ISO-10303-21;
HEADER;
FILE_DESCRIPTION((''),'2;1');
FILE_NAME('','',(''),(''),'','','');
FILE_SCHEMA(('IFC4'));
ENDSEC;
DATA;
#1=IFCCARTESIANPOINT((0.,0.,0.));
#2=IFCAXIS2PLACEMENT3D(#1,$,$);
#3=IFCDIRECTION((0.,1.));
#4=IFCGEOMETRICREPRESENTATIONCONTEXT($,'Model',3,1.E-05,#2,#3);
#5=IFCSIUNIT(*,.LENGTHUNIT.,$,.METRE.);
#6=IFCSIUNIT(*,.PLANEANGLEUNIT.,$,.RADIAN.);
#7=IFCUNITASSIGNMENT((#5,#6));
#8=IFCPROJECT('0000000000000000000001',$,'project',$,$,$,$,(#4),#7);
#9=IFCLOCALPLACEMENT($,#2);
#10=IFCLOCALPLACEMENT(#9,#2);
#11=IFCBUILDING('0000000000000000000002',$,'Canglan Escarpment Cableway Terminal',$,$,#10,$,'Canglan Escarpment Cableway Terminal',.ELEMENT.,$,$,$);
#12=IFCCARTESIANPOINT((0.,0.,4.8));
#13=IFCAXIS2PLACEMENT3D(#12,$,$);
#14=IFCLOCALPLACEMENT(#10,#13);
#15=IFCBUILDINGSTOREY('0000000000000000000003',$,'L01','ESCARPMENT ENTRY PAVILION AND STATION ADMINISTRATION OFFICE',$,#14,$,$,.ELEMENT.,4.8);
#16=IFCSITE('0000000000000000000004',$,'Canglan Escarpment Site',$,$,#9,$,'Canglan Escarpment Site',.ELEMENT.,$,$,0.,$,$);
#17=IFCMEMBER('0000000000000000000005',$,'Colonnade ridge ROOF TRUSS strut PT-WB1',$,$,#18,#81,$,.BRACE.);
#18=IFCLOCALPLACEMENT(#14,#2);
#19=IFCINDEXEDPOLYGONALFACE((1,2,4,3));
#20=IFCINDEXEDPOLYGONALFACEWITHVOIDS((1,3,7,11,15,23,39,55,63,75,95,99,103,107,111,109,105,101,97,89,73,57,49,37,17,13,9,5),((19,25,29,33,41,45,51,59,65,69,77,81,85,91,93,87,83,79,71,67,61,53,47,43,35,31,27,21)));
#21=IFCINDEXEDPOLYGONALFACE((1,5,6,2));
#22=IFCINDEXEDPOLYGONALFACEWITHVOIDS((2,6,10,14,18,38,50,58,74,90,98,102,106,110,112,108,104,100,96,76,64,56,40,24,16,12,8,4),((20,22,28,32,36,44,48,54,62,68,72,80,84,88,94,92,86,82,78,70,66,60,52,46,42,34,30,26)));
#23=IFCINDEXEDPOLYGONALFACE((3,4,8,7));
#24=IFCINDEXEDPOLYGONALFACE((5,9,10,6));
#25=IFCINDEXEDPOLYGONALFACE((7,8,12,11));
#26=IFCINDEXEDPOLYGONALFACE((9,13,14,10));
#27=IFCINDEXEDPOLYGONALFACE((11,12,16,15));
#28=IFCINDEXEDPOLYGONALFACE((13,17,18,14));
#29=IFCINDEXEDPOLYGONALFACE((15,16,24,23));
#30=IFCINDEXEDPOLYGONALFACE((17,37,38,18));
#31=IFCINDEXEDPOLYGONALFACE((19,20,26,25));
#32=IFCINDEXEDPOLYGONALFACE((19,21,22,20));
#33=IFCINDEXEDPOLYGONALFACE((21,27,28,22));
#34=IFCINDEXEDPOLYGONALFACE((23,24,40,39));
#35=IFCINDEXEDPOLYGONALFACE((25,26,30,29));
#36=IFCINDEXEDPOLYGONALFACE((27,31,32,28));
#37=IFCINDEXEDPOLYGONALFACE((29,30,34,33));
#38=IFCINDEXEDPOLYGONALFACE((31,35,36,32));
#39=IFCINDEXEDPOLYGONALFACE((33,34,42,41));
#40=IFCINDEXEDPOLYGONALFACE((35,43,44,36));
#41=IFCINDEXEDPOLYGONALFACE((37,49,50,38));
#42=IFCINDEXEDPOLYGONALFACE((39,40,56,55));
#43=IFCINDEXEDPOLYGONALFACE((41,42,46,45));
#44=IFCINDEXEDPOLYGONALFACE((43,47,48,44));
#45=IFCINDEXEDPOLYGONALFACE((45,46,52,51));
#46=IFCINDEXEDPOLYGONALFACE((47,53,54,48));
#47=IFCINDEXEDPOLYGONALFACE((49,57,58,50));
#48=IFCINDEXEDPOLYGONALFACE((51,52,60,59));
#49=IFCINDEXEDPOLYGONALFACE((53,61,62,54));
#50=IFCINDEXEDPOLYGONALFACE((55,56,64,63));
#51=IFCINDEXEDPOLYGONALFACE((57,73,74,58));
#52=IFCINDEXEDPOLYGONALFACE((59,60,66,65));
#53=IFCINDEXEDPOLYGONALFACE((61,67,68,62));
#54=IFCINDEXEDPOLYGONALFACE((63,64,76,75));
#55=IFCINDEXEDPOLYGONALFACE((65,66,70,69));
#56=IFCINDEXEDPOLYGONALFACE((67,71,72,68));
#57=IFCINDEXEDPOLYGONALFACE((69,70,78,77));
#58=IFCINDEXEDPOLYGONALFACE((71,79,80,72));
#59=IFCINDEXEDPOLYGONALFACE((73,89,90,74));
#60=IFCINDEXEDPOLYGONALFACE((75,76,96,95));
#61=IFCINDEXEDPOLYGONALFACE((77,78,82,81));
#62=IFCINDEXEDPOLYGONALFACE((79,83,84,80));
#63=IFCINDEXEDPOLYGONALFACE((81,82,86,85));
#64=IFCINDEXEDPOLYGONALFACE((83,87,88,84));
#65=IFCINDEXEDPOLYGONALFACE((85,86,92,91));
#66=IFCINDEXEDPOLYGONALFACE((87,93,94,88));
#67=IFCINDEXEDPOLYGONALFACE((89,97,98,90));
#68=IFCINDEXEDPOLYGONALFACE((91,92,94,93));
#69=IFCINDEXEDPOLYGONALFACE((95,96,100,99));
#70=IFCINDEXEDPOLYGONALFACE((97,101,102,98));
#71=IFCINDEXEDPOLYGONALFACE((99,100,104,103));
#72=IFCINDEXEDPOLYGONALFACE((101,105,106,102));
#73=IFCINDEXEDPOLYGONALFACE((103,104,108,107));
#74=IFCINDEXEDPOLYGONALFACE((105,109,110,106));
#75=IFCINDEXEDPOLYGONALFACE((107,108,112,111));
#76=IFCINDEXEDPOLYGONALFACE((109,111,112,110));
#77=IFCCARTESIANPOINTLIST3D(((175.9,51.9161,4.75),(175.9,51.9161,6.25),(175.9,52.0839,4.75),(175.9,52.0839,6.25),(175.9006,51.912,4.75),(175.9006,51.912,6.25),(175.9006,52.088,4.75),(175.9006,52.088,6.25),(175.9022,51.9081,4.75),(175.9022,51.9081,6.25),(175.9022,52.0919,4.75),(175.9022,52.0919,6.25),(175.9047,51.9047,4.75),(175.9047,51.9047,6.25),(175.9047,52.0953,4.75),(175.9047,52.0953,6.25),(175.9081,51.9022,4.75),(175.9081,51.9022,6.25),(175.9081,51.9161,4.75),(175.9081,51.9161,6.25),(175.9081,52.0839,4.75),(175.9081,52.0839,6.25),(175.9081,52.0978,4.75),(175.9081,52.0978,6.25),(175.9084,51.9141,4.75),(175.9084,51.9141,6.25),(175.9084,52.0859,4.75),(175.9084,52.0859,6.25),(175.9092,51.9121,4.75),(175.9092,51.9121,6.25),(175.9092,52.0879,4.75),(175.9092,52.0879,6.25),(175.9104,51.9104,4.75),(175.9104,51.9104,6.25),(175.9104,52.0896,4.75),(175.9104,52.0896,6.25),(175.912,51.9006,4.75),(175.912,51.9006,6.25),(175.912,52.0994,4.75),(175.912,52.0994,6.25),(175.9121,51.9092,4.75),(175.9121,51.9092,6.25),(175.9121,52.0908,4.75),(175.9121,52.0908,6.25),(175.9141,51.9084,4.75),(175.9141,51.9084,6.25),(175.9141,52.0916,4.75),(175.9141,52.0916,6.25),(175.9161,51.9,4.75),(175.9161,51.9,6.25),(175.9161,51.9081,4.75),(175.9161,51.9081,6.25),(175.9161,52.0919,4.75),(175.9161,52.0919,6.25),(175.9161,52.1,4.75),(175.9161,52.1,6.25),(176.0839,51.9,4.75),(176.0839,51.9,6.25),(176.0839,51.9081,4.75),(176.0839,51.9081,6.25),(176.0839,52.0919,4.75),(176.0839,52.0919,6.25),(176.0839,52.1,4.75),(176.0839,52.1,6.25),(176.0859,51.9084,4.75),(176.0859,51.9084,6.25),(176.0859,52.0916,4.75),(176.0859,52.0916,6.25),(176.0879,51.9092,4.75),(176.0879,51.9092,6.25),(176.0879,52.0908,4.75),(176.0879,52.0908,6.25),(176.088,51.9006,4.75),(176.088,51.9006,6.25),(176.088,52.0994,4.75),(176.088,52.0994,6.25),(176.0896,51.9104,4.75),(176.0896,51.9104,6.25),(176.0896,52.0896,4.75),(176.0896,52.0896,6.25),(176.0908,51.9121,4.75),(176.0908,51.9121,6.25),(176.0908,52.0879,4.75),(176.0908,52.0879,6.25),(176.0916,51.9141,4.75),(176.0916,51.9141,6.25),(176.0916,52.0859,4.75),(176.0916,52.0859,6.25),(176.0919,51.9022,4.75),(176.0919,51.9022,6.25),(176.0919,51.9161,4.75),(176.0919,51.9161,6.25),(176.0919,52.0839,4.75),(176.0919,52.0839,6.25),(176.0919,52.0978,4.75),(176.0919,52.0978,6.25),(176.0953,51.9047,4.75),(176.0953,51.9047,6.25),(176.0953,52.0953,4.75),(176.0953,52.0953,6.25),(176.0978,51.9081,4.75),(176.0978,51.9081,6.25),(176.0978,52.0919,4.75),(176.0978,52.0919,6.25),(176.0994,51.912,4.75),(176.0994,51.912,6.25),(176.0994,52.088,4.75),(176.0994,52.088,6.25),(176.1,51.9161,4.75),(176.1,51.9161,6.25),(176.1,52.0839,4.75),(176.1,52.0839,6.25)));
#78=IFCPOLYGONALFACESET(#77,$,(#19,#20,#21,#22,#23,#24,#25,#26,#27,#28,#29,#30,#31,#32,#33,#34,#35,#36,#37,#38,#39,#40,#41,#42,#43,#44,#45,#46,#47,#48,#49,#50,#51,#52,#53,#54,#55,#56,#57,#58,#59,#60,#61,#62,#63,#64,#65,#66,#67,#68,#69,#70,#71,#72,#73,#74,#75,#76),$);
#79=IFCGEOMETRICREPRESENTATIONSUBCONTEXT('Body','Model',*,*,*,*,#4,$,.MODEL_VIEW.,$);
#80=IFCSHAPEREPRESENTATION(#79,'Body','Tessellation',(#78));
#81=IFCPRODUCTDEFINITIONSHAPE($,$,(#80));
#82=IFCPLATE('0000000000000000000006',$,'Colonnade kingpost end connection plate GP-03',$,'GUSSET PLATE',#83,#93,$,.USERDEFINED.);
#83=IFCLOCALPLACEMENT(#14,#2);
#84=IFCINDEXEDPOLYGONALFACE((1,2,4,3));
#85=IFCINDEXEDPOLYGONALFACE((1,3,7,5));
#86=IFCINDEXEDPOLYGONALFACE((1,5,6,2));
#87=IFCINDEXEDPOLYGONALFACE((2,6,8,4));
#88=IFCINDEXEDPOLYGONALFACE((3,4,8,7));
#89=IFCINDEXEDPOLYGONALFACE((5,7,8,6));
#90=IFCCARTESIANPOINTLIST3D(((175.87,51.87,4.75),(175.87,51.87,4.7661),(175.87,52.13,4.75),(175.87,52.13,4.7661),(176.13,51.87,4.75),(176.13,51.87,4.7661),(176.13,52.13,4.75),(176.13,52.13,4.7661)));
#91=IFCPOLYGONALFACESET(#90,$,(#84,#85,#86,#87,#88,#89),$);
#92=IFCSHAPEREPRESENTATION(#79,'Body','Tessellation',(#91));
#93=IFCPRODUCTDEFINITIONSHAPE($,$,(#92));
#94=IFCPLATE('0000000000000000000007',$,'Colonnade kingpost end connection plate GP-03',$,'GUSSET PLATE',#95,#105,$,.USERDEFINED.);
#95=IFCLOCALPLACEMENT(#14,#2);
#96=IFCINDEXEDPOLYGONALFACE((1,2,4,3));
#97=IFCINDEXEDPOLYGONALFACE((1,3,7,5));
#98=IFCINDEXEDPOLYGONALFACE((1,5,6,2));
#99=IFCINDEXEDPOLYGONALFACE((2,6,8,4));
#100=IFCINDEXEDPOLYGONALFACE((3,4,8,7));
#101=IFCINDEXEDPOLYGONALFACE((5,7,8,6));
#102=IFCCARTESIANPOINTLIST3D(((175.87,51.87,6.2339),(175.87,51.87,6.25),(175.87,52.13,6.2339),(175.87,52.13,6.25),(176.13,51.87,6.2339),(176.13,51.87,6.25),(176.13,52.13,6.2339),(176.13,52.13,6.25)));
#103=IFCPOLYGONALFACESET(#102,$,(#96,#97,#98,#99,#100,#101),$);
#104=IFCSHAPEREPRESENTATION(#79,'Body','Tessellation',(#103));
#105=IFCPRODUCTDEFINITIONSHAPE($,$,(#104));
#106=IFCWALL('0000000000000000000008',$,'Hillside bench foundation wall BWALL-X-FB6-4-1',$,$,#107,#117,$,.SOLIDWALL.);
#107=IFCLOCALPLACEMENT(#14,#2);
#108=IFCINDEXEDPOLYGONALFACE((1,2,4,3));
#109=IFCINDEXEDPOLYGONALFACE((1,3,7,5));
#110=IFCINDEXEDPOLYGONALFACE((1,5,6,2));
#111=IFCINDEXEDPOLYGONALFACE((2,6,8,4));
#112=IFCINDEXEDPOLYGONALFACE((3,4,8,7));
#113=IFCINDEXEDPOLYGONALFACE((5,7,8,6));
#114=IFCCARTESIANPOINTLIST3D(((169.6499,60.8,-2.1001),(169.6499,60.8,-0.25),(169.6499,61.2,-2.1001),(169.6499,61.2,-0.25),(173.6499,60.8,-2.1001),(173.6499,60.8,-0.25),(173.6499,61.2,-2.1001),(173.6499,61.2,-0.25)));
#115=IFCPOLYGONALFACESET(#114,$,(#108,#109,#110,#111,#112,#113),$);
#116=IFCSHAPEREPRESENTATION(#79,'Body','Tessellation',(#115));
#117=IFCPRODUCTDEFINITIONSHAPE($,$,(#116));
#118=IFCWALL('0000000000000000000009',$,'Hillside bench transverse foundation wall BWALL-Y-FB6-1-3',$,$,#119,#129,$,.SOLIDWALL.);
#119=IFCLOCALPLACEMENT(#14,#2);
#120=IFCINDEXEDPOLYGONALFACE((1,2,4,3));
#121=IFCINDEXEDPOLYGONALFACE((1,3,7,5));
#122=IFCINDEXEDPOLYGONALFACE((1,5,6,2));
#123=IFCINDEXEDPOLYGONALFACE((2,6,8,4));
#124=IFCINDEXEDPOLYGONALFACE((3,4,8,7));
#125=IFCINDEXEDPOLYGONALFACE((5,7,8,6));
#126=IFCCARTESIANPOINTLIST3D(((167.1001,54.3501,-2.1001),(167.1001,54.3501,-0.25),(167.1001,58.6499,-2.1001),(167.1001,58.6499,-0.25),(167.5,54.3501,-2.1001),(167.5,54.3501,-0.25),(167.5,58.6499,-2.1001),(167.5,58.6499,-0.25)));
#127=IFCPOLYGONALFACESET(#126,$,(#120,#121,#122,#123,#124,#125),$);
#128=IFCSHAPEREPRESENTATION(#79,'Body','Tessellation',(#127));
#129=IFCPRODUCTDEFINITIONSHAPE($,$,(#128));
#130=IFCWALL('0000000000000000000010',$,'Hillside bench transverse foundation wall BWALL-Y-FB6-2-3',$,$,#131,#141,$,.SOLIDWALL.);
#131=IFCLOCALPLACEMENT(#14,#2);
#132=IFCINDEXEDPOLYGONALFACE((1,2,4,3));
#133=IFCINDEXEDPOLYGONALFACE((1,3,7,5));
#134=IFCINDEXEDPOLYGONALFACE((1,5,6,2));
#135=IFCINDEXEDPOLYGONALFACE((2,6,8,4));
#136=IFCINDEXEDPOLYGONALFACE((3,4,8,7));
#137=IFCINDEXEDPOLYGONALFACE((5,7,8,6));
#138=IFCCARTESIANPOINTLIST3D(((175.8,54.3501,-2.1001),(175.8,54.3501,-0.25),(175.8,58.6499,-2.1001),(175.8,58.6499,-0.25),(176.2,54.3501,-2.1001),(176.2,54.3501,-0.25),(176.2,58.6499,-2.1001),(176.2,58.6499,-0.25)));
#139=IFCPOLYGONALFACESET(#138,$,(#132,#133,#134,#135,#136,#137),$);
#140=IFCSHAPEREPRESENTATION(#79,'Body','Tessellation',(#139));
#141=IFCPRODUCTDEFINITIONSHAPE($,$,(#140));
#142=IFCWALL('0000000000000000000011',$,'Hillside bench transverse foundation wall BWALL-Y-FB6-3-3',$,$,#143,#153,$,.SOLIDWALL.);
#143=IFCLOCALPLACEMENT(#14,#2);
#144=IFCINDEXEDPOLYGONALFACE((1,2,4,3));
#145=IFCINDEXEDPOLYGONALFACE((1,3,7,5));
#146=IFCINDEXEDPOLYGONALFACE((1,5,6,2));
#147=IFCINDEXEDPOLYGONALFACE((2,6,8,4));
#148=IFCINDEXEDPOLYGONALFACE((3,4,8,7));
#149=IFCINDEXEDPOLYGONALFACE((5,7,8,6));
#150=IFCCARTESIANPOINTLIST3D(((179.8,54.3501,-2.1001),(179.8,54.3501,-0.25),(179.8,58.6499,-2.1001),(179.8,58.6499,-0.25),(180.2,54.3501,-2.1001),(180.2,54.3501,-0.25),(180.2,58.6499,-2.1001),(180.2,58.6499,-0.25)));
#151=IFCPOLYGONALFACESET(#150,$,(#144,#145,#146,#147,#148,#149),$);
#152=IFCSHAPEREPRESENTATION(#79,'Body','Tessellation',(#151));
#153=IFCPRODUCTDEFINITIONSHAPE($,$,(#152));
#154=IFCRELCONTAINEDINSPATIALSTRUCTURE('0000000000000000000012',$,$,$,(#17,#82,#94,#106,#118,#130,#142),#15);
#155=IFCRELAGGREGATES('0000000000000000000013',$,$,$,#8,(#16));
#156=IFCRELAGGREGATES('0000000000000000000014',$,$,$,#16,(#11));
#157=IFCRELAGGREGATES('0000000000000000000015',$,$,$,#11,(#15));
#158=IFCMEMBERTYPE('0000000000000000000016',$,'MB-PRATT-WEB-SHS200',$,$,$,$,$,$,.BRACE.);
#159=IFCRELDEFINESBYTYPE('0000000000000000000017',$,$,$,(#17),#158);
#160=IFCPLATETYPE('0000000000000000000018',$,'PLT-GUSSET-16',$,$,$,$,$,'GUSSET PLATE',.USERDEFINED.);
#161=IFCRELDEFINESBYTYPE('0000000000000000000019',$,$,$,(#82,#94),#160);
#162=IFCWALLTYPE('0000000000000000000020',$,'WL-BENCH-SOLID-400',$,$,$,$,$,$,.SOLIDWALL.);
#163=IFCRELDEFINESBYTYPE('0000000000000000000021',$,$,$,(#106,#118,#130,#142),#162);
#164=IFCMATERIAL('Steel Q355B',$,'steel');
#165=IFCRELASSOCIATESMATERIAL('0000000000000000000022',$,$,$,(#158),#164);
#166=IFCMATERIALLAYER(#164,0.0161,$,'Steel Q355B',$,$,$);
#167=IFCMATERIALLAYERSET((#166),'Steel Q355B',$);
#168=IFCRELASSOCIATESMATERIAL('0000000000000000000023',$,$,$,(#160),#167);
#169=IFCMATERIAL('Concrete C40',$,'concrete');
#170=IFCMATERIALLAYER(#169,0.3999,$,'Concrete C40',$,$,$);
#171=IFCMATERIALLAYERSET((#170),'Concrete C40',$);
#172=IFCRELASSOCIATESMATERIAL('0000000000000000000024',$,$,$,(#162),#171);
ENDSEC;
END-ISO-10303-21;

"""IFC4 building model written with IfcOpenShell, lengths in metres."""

from ifc_helpers import new_model, si_unit, direction, frame, frame_2d, origin, origin_2d, place, context, subcontext, project, spatial, rectangle, hollow_rectangle, extrude, material, layer, layer_set, material_profile, profile_set, type_object, element, save


model = new_model("IFC4")

# Units and contexts
model_context = context("Model", 3, precision=1e-05, world=origin(), true_north=direction((0.0, 1.0)))
body_context = subcontext(model_context, "Body", "Model", "MODEL_VIEW")
ifc_project = project(units=[si_unit("LENGTHUNIT", "METRE"), si_unit("PLANEANGLEUNIT", "RADIAN")], contexts=[model_context])

# Site, building, storey
site_placement = place(None, origin())
site = spatial("IfcSite", under=ifc_project, at=site_placement, Name="Canglan Escarpment Site", LongName="Canglan Escarpment Site", CompositionType="ELEMENT", RefElevation=0.0)
building_placement = place(site_placement, origin())
building = spatial("IfcBuilding", under=site, at=building_placement, Name="Canglan Escarpment Cableway Terminal", LongName="Canglan Escarpment Cableway Terminal", CompositionType="ELEMENT")
storey_placement = place(building_placement, frame((0.0, 0.0, 4.8)))
storey = spatial("IfcBuildingStorey", under=building, at=storey_placement, Name="L01", Description="ESCARPMENT ENTRY PAVILION AND STATION ADMINISTRATION OFFICE", CompositionType="ELEMENT", Elevation=4.8)

# Shared definitions
ifc_material_1 = material(Name="Concrete C40", Category="concrete")

# Shared definitions
ifc_material_2 = material(Name="Steel Q355B", Category="steel")

# Member
ifc_material_profile_1 = material_profile(ifc_material_2, hollow_rectangle(XDim=0.2, YDim=0.2, WallThickness=0.0081, InnerFilletRadius=0.0081, OuterFilletRadius=0.0161, at=origin_2d()), Name="SHS 200x200x8")
ifc_profile_set_1 = profile_set([ifc_material_profile_1], Name="Steel Q355B")
member_type_1 = type_object("IfcMemberType", Name="MB-PRATT-WEB-SHS200", PredefinedType="BRACE", material=ifc_profile_set_1)
member_1_placement = place(storey_placement, frame((176.0, 52.0, 4.75), z_axis=(0.0, 0.0, 1.0), x_axis=(1.0, 0.0, 0.0)))
element("IfcMember", 1, at=member_1_placement, inside=storey, type_object=member_type_1, Name="Colonnade ridge ROOF TRUSS strut PT-WB1", PredefinedType="BRACE", context=body_context, shape_type="SweptSolid", body=[
    extrude(hollow_rectangle(XDim=0.2, YDim=0.2, WallThickness=0.0081, InnerFilletRadius=0.0081, OuterFilletRadius=0.0161, at=origin_2d()), origin(), (0.0, 0.0, 1.0), 1.5),
])

# Plates
ifc_layer_1 = layer(ifc_material_2, 0.0161, Name="Steel Q355B")
ifc_layer_set_1 = layer_set([ifc_layer_1], Name="Steel Q355B")
plate_type = type_object("IfcPlateType", Name="PLT-GUSSET-16", ElementType="GUSSET PLATE", PredefinedType="USERDEFINED", material=ifc_layer_set_1)
for number, where, z_axis, x_axis, name in (
    (2, (176.0, 52.0, 4.75), (0.0, 0.0, 1.0), (1.0, 0.0, 0.0), "Colonnade kingpost end connection plate GP-03"),
    (3, (176.0, 52.0, 6.2339), (0.0, 0.0, 1.0), (1.0, 0.0, 0.0), "Colonnade kingpost end connection plate GP-03"),
):
    element("IfcPlate", number, at=place(storey_placement, frame(where, z_axis=z_axis, x_axis=x_axis)), inside=storey, type_object=plate_type, Name=name, ObjectType="GUSSET PLATE", PredefinedType="USERDEFINED", context=body_context, shape_type="SweptSolid", body=[
        extrude(rectangle(XDim=0.26, YDim=0.26, at=origin_2d()), origin(), (0.0, 0.0, 1.0), 0.0161),
    ])

# Walls
ifc_layer_2 = layer(ifc_material_1, 0.3999, Name="Concrete C40")
ifc_layer_set_2 = layer_set([ifc_layer_2], Name="Concrete C40")
wall_type = type_object("IfcWallType", Name="WL-BENCH-SOLID-400", PredefinedType="SOLIDWALL", material=ifc_layer_set_2)
wall_placement = place(storey_placement, frame((169.6499, 61.0, -2.1001), z_axis=(0.0, 0.0, 1.0), x_axis=(1.0, 0.0, 0.0)))
element("IfcWall", 4, at=wall_placement, inside=storey, type_object=wall_type, Name="Hillside bench foundation wall BWALL-X-FB6-4-1", PredefinedType="SOLIDWALL", context=body_context, shape_type="SweptSolid", body=[
    extrude(rectangle(XDim=4.0, YDim=0.3999, at=frame_2d((2.0, 0.0))), origin(), (0.0, 0.0, 1.0), 1.8501),
])
for number, where, z_axis, x_axis, name in (
    (5, (167.3, 54.3501, -2.1001), (0.0, 0.0, 1.0), (0.0, 1.0, 0.0), "Hillside bench transverse foundation wall BWALL-Y-FB6-1-3"),
    (6, (176.0, 54.3501, -2.1001), (0.0, 0.0, 1.0), (0.0, 1.0, 0.0), "Hillside bench transverse foundation wall BWALL-Y-FB6-2-3"),
    (7, (180.0, 54.3501, -2.1001), (0.0, 0.0, 1.0), (0.0, 1.0, 0.0), "Hillside bench transverse foundation wall BWALL-Y-FB6-3-3"),
):
    element("IfcWall", number, at=place(storey_placement, frame(where, z_axis=z_axis, x_axis=x_axis)), inside=storey, type_object=wall_type, Name=name, PredefinedType="SOLIDWALL", context=body_context, shape_type="SweptSolid", body=[
        extrude(rectangle(XDim=4.2998, YDim=0.3999, at=frame_2d((2.1499, 0.0))), origin(), (0.0, 0.0, 1.0), 1.8501),
    ])

save(model, "model.ifc")
